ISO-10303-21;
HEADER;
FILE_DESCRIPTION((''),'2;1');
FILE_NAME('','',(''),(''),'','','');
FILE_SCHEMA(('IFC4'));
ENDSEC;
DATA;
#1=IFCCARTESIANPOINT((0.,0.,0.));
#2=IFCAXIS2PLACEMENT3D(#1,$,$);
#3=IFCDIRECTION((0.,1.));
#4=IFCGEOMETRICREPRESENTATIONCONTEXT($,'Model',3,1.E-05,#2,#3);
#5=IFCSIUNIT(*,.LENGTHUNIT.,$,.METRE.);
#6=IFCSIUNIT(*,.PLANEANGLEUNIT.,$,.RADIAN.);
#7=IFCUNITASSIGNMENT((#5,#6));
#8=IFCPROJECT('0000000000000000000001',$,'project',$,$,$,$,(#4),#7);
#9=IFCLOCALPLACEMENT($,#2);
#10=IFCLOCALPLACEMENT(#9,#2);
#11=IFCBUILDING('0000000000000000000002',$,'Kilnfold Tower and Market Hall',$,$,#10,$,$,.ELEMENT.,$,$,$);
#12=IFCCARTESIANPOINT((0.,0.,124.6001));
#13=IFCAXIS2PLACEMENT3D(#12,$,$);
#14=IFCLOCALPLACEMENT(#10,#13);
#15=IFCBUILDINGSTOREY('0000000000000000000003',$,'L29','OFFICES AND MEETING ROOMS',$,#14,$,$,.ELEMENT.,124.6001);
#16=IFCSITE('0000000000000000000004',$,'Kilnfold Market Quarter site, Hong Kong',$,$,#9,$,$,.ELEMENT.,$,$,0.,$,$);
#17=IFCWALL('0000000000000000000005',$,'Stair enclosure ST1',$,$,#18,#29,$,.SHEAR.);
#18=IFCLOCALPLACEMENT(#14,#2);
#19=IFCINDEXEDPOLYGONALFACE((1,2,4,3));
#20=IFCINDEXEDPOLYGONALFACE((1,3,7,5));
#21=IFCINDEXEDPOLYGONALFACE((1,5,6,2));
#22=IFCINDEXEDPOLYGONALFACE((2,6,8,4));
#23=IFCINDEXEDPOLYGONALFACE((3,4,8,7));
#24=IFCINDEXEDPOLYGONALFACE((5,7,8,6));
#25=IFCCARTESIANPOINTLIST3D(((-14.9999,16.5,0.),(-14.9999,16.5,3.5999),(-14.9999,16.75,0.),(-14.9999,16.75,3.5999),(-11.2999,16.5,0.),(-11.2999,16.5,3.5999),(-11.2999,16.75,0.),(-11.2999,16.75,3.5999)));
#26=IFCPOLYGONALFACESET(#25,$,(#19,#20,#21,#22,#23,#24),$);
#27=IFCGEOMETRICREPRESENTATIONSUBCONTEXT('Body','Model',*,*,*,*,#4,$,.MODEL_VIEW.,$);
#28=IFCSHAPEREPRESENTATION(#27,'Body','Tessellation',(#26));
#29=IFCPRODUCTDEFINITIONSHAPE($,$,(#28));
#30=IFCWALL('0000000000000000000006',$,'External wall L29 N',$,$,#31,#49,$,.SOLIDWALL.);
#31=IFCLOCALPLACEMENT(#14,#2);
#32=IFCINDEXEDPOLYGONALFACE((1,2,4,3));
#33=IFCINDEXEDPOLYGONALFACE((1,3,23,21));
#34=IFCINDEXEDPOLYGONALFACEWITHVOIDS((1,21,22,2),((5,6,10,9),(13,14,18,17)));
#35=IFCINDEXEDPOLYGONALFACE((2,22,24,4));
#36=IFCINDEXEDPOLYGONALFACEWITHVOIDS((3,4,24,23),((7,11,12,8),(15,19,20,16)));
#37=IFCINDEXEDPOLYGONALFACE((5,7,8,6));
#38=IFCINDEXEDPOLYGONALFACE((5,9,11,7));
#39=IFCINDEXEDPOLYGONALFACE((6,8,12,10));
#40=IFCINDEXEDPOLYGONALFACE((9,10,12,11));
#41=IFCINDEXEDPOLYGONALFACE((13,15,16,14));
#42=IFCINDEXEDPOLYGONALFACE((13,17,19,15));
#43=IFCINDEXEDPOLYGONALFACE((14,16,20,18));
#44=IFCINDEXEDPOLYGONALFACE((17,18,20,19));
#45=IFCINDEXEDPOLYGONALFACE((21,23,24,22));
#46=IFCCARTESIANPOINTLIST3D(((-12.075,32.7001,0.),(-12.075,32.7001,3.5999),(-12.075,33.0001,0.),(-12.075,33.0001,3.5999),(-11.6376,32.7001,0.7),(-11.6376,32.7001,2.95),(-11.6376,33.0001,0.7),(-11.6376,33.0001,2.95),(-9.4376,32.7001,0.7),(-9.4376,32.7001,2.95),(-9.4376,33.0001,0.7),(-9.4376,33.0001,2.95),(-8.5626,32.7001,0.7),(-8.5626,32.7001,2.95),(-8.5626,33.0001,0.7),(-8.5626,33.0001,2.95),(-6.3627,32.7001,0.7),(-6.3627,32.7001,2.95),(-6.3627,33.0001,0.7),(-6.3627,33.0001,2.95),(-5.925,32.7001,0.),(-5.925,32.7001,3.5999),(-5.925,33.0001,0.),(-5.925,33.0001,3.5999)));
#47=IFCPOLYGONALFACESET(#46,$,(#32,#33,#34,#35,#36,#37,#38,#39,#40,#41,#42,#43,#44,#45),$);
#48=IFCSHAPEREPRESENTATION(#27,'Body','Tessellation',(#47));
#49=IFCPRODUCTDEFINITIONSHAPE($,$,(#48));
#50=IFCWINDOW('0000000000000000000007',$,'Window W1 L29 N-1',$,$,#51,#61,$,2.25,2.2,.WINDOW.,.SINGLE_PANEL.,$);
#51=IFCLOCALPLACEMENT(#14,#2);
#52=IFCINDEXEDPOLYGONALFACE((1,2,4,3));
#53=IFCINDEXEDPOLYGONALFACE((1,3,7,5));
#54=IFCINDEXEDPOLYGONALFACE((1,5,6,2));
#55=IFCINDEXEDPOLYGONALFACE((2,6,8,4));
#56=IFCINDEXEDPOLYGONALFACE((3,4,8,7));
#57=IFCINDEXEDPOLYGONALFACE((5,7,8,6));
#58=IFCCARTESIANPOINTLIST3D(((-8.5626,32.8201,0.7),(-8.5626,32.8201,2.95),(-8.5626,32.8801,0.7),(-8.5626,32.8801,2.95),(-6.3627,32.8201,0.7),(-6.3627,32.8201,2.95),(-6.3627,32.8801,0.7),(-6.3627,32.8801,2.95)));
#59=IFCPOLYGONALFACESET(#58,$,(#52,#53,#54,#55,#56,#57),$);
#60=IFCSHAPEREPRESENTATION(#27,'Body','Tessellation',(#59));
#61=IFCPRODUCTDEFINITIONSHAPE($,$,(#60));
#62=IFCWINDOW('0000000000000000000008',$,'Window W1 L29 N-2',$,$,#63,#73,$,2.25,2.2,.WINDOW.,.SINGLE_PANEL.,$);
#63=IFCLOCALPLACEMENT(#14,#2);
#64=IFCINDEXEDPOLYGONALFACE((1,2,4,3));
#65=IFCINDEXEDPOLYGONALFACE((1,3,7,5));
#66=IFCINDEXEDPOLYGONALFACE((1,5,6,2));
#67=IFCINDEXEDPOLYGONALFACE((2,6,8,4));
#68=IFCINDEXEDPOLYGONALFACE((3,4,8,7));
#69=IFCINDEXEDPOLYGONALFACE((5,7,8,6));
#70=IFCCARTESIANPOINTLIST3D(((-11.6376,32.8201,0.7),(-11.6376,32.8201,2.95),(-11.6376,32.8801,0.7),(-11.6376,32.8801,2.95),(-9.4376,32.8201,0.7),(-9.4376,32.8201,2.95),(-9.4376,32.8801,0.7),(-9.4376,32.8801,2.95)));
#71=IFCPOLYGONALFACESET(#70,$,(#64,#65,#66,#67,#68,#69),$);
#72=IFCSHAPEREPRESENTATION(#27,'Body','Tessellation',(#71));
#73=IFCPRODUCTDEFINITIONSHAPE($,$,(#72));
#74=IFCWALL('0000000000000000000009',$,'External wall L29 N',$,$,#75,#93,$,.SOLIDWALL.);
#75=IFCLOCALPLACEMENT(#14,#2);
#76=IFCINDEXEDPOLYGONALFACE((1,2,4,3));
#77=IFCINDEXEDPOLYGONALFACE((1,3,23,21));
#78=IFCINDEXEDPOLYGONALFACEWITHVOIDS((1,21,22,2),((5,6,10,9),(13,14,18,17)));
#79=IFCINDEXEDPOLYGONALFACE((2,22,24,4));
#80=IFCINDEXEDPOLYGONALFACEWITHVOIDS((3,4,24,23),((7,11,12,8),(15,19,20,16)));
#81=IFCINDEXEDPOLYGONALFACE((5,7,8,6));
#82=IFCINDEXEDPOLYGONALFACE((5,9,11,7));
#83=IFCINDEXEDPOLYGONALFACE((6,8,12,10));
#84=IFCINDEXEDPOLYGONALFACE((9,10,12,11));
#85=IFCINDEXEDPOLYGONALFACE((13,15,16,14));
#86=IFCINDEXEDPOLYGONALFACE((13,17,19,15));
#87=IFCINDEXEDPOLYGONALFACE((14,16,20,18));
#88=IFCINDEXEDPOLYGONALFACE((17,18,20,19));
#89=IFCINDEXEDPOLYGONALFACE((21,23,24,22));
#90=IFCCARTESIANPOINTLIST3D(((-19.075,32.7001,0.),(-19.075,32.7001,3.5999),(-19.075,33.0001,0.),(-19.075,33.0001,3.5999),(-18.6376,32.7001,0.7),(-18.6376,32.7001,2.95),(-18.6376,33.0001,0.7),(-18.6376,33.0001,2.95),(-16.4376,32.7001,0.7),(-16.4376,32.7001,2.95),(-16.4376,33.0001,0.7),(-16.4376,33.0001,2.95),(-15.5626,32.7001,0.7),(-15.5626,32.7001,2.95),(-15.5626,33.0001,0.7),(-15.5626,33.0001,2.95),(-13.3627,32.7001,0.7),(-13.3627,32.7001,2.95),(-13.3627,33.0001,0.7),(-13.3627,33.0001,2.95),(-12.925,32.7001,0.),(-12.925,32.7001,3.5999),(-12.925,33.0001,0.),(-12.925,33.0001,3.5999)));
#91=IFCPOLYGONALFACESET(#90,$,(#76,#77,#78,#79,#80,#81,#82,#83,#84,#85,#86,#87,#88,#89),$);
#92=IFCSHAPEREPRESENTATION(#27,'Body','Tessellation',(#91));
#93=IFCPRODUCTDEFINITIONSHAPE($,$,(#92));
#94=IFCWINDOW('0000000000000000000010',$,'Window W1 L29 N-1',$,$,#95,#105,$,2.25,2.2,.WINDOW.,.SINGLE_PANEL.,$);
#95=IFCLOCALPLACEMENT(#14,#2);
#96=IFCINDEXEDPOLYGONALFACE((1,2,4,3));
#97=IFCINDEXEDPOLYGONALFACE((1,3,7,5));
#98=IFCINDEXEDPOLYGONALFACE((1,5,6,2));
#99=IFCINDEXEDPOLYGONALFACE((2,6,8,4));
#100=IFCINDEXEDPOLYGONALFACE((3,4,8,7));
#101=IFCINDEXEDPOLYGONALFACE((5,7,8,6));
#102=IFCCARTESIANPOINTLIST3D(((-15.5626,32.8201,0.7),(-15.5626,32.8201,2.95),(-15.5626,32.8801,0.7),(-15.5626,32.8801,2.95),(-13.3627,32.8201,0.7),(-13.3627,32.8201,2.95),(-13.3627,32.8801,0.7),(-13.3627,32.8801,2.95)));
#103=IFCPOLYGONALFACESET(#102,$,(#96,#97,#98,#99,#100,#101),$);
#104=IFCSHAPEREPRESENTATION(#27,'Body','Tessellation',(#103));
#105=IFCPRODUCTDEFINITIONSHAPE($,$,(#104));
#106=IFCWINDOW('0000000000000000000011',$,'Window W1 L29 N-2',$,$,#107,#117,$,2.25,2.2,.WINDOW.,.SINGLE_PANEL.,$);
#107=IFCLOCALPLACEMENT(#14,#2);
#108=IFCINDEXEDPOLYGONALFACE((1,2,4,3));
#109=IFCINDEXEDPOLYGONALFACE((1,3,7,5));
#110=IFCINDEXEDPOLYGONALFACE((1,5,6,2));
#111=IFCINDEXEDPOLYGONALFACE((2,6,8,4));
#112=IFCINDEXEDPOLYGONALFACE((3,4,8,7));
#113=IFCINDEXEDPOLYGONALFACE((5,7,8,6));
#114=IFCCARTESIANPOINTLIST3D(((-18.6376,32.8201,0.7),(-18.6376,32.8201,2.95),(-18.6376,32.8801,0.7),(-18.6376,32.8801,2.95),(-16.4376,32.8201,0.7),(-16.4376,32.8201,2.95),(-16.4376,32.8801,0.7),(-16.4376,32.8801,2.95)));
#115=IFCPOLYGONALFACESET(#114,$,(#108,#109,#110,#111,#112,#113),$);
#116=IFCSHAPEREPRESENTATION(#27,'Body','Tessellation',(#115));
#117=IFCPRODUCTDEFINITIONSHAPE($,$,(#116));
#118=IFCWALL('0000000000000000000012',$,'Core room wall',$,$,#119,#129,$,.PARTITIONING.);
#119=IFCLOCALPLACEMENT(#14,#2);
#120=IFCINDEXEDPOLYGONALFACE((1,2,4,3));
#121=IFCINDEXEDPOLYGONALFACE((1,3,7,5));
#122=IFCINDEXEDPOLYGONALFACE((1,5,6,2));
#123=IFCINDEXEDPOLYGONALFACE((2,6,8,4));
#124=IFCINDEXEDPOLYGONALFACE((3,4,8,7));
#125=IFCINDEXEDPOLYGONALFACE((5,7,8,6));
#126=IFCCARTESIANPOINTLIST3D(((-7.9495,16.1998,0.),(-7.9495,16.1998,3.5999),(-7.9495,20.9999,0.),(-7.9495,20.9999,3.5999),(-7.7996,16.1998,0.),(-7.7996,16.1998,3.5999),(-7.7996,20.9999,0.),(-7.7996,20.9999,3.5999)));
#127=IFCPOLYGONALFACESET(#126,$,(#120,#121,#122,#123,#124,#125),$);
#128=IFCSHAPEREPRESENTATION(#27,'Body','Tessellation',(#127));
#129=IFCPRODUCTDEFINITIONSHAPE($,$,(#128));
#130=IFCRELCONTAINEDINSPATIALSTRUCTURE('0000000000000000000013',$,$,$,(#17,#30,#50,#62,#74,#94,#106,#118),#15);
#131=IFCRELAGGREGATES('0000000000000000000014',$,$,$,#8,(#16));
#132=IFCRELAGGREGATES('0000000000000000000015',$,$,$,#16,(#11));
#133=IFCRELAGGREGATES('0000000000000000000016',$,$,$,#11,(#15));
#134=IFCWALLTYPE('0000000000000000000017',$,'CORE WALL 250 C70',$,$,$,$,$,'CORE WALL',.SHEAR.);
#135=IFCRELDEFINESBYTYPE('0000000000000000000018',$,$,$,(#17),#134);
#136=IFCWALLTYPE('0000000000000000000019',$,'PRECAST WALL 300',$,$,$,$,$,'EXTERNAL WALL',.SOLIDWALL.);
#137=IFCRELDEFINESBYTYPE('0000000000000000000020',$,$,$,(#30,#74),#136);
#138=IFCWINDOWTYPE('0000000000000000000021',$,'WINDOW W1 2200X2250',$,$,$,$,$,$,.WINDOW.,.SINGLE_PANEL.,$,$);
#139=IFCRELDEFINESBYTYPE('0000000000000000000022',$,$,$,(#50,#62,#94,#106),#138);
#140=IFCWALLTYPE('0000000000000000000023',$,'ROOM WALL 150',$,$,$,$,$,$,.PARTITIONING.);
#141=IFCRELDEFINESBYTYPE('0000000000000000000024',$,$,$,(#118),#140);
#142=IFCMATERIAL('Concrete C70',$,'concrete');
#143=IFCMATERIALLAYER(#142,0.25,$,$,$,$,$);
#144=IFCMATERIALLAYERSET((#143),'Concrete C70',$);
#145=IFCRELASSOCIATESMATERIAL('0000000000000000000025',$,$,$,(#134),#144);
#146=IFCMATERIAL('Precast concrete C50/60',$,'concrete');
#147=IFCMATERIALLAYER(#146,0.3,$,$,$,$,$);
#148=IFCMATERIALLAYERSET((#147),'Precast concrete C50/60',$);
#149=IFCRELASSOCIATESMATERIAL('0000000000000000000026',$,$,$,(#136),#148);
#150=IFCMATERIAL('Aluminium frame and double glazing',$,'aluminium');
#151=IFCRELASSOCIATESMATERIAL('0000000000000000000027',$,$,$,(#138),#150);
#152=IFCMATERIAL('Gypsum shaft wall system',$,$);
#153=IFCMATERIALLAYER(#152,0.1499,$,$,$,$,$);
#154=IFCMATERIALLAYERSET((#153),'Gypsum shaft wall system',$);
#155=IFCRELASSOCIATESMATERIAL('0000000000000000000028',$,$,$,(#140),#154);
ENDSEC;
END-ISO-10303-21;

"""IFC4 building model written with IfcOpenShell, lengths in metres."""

from ifc_helpers import new_model, si_unit, direction, frame, frame_2d, origin, place, context, subcontext, project, spatial, rectangle, extrude, source, transform, mapped, material, layer, layer_set, type_object, element, fill, save


model = new_model("IFC4")

# Units and contexts
model_context = context("Model", 3, precision=1e-05, world=origin(), true_north=direction((0.0, 1.0)))
body_context = subcontext(model_context, "Body", "Model", "MODEL_VIEW")
ifc_project = project(units=[si_unit("LENGTHUNIT", "METRE"), si_unit("PLANEANGLEUNIT", "RADIAN")], contexts=[model_context])

# Site, building, storey
site_placement = place(None, origin())
site = spatial("IfcSite", under=ifc_project, at=site_placement, Name="Kilnfold Market Quarter site, Hong Kong", CompositionType="ELEMENT", RefElevation=0.0)
building_placement = place(site_placement, origin())
building = spatial("IfcBuilding", under=site, at=building_placement, Name="Kilnfold Tower and Market Hall", CompositionType="ELEMENT")
storey_placement = place(building_placement, frame((0.0, 0.0, 124.6001)))
storey = spatial("IfcBuildingStorey", under=building, at=storey_placement, Name="L29", Description="OFFICES AND MEETING ROOMS", CompositionType="ELEMENT", Elevation=124.6001)

# Wall
ifc_material_1 = material(Name="Concrete C70", Category="concrete")
ifc_layer_1 = layer(ifc_material_1, 0.25)
ifc_layer_set_1 = layer_set([ifc_layer_1], Name="Concrete C70")
wall_type_1 = type_object("IfcWallType", Name="CORE WALL 250 C70", ElementType="CORE WALL", PredefinedType="SHEAR", material=ifc_layer_set_1)
shared_shape_1 = source(origin(), body_context, "Body", "SweptSolid", [
    extrude(rectangle(XDim=3.7, YDim=0.25, at=frame_2d((1.8501, 0.0))), origin(), (0.0, 0.0, 1.0), 3.5999),
])
wall_1_placement = place(storey_placement, frame((-15.0, 16.625, 0.0), z_axis=(0.0, 0.0, 1.0), x_axis=(1.0, 0.0, 0.0)))
element("IfcWall", 1, at=wall_1_placement, inside=storey, type_object=wall_type_1, Name="Stair enclosure ST1", PredefinedType="SHEAR", context=body_context, shape_type="MappedRepresentation", body=[
    mapped(shared_shape_1, transform((0.0, 0.0, 0.0))),
])

# Walls, openings, windows
ifc_material_2 = material(Name="Precast concrete C50/60", Category="concrete")
ifc_layer_2 = layer(ifc_material_2, 0.3)
ifc_layer_set_2 = layer_set([ifc_layer_2], Name="Precast concrete C50/60")
wall_type_2 = type_object("IfcWallType", Name="PRECAST WALL 300", ElementType="EXTERNAL WALL", PredefinedType="SOLIDWALL", material=ifc_layer_set_2)
shared_shape_2 = source(origin(), body_context, "Body", "SweptSolid", [
    extrude(rectangle(XDim=6.1499, YDim=0.3, at=frame_2d((3.075, 0.0))), origin(), (0.0, 0.0, 1.0), 3.5999),
])
wall_2_placement = place(storey_placement, frame((-5.925, 32.8501, 0.0), z_axis=(0.0, 0.0, 1.0), x_axis=(-1.0, 0.0, 0.0)))
wall_2 = element("IfcWall", 2, at=wall_2_placement, inside=storey, type_object=wall_type_2, Name="External wall L29 N", PredefinedType="SOLIDWALL", context=body_context, shape_type="MappedRepresentation", body=[
    mapped(shared_shape_2, transform((0.0, 0.0, 0.0))),
])
opening_1_placement = place(wall_2_placement, frame((0.4375, 0.0, 0.7)))
opening_1 = element("IfcOpeningElement", 3, at=opening_1_placement, cuts=wall_2, PredefinedType="OPENING", context=body_context, shape_type="SweptSolid", body=[
    extrude(rectangle(XDim=2.2, YDim=2.25, at=frame_2d((1.1001, 1.125))), frame((0.0, 0.1602, 0.0), z_axis=(0.0, -1.0, 0.0), x_axis=(1.0, 0.0, 0.0)), (0.0, 0.0, 1.0), 0.3201),
])
opening_2_placement = place(wall_2_placement, frame((3.5125, 0.0, 0.7)))
opening_2 = element("IfcOpeningElement", 4, at=opening_2_placement, cuts=wall_2, PredefinedType="OPENING", context=body_context, shape_type="SweptSolid", body=[
    extrude(rectangle(XDim=2.2, YDim=2.25, at=frame_2d((1.1001, 1.125))), frame((0.0, 0.1602, 0.0), z_axis=(0.0, -1.0, 0.0), x_axis=(1.0, 0.0, 0.0)), (0.0, 0.0, 1.0), 0.3201),
])
ifc_material_3 = material(Name="Aluminium frame and double glazing", Category="aluminium")
window_type = type_object("IfcWindowType", Name="WINDOW W1 2200X2250", PartitioningType="SINGLE_PANEL", PredefinedType="WINDOW", material=ifc_material_3)
window_1_placement = place(opening_1_placement, origin())
window_1 = element("IfcWindow", 5, at=window_1_placement, inside=storey, type_object=window_type, Name="Window W1 L29 N-1", OverallHeight=2.25, OverallWidth=2.2, PartitioningType="SINGLE_PANEL", PredefinedType="WINDOW", context=body_context, shape_type="SweptSolid", body=[
    extrude(rectangle(XDim=2.2, YDim=2.25, at=frame_2d((1.1001, 1.125))), frame((0.0, 0.03, 0.0), z_axis=(0.0, -1.0, 0.0), x_axis=(1.0, 0.0, 0.0)), (0.0, 0.0, 1.0), 0.0601),
])
fill(opening_1, window_1)
window_2_placement = place(opening_2_placement, origin())
window_2 = element("IfcWindow", 6, at=window_2_placement, inside=storey, type_object=window_type, Name="Window W1 L29 N-2", OverallHeight=2.25, OverallWidth=2.2, PartitioningType="SINGLE_PANEL", PredefinedType="WINDOW", context=body_context, shape_type="SweptSolid", body=[
    extrude(rectangle(XDim=2.2, YDim=2.25, at=frame_2d((1.1001, 1.125))), frame((0.0, 0.03, 0.0), z_axis=(0.0, -1.0, 0.0), x_axis=(1.0, 0.0, 0.0)), (0.0, 0.0, 1.0), 0.0601),
])
fill(opening_2, window_2)
wall_3_placement = place(storey_placement, frame((-12.925, 32.8501, 0.0), z_axis=(0.0, 0.0, 1.0), x_axis=(-1.0, 0.0, 0.0)))
wall_3 = element("IfcWall", 7, at=wall_3_placement, inside=storey, type_object=wall_type_2, Name="External wall L29 N", PredefinedType="SOLIDWALL", context=body_context, shape_type="MappedRepresentation", body=[
    mapped(shared_shape_2, transform((0.0, 0.0, 0.0))),
])
opening_3_placement = place(wall_3_placement, frame((0.4375, 0.0, 0.7)))
opening_3 = element("IfcOpeningElement", 8, at=opening_3_placement, cuts=wall_3, PredefinedType="OPENING", context=body_context, shape_type="SweptSolid", body=[
    extrude(rectangle(XDim=2.2, YDim=2.25, at=frame_2d((1.1001, 1.125))), frame((0.0, 0.1602, 0.0), z_axis=(0.0, -1.0, 0.0), x_axis=(1.0, 0.0, 0.0)), (0.0, 0.0, 1.0), 0.3201),
])
opening_4_placement = place(wall_3_placement, frame((3.5125, 0.0, 0.7)))
opening_4 = element("IfcOpeningElement", 9, at=opening_4_placement, cuts=wall_3, PredefinedType="OPENING", context=body_context, shape_type="SweptSolid", body=[
    extrude(rectangle(XDim=2.2, YDim=2.25, at=frame_2d((1.1001, 1.125))), frame((0.0, 0.1602, 0.0), z_axis=(0.0, -1.0, 0.0), x_axis=(1.0, 0.0, 0.0)), (0.0, 0.0, 1.0), 0.3201),
])
window_3_placement = place(opening_3_placement, origin())
window_3 = element("IfcWindow", 10, at=window_3_placement, inside=storey, type_object=window_type, Name="Window W1 L29 N-1", OverallHeight=2.25, OverallWidth=2.2, PartitioningType="SINGLE_PANEL", PredefinedType="WINDOW", context=body_context, shape_type="SweptSolid", body=[
    extrude(rectangle(XDim=2.2, YDim=2.25, at=frame_2d((1.1001, 1.125))), frame((0.0, 0.03, 0.0), z_axis=(0.0, -1.0, 0.0), x_axis=(1.0, 0.0, 0.0)), (0.0, 0.0, 1.0), 0.0601),
])
fill(opening_3, window_3)
window_4_placement = place(opening_4_placement, origin())
window_4 = element("IfcWindow", 11, at=window_4_placement, inside=storey, type_object=window_type, Name="Window W1 L29 N-2", OverallHeight=2.25, OverallWidth=2.2, PartitioningType="SINGLE_PANEL", PredefinedType="WINDOW", context=body_context, shape_type="SweptSolid", body=[
    extrude(rectangle(XDim=2.2, YDim=2.25, at=frame_2d((1.1001, 1.125))), frame((0.0, 0.03, 0.0), z_axis=(0.0, -1.0, 0.0), x_axis=(1.0, 0.0, 0.0)), (0.0, 0.0, 1.0), 0.0601),
])
fill(opening_4, window_4)

# Wall
ifc_material_4 = material(Name="Gypsum shaft wall system")
ifc_layer_3 = layer(ifc_material_4, 0.1499)
ifc_layer_set_3 = layer_set([ifc_layer_3], Name="Gypsum shaft wall system")
wall_type_3 = type_object("IfcWallType", Name="ROOM WALL 150", PredefinedType="PARTITIONING", material=ifc_layer_set_3)
shared_shape_3 = source(origin(), body_context, "Body", "SweptSolid", [
    extrude(rectangle(XDim=4.8, YDim=0.1499, at=frame_2d((2.3999, 0.0))), origin(), (0.0, 0.0, 1.0), 3.5999),
])
wall_4_placement = place(storey_placement, frame((-7.8745, 16.2, 0.0), z_axis=(0.0, 0.0, 1.0), x_axis=(0.0, 1.0, 0.0)))
element("IfcWall", 12, at=wall_4_placement, inside=storey, type_object=wall_type_3, Name="Core room wall", PredefinedType="PARTITIONING", context=body_context, shape_type="MappedRepresentation", body=[
    mapped(shared_shape_3, transform((0.0, 0.0, 0.0))),
])

save(model, "model.ifc")
